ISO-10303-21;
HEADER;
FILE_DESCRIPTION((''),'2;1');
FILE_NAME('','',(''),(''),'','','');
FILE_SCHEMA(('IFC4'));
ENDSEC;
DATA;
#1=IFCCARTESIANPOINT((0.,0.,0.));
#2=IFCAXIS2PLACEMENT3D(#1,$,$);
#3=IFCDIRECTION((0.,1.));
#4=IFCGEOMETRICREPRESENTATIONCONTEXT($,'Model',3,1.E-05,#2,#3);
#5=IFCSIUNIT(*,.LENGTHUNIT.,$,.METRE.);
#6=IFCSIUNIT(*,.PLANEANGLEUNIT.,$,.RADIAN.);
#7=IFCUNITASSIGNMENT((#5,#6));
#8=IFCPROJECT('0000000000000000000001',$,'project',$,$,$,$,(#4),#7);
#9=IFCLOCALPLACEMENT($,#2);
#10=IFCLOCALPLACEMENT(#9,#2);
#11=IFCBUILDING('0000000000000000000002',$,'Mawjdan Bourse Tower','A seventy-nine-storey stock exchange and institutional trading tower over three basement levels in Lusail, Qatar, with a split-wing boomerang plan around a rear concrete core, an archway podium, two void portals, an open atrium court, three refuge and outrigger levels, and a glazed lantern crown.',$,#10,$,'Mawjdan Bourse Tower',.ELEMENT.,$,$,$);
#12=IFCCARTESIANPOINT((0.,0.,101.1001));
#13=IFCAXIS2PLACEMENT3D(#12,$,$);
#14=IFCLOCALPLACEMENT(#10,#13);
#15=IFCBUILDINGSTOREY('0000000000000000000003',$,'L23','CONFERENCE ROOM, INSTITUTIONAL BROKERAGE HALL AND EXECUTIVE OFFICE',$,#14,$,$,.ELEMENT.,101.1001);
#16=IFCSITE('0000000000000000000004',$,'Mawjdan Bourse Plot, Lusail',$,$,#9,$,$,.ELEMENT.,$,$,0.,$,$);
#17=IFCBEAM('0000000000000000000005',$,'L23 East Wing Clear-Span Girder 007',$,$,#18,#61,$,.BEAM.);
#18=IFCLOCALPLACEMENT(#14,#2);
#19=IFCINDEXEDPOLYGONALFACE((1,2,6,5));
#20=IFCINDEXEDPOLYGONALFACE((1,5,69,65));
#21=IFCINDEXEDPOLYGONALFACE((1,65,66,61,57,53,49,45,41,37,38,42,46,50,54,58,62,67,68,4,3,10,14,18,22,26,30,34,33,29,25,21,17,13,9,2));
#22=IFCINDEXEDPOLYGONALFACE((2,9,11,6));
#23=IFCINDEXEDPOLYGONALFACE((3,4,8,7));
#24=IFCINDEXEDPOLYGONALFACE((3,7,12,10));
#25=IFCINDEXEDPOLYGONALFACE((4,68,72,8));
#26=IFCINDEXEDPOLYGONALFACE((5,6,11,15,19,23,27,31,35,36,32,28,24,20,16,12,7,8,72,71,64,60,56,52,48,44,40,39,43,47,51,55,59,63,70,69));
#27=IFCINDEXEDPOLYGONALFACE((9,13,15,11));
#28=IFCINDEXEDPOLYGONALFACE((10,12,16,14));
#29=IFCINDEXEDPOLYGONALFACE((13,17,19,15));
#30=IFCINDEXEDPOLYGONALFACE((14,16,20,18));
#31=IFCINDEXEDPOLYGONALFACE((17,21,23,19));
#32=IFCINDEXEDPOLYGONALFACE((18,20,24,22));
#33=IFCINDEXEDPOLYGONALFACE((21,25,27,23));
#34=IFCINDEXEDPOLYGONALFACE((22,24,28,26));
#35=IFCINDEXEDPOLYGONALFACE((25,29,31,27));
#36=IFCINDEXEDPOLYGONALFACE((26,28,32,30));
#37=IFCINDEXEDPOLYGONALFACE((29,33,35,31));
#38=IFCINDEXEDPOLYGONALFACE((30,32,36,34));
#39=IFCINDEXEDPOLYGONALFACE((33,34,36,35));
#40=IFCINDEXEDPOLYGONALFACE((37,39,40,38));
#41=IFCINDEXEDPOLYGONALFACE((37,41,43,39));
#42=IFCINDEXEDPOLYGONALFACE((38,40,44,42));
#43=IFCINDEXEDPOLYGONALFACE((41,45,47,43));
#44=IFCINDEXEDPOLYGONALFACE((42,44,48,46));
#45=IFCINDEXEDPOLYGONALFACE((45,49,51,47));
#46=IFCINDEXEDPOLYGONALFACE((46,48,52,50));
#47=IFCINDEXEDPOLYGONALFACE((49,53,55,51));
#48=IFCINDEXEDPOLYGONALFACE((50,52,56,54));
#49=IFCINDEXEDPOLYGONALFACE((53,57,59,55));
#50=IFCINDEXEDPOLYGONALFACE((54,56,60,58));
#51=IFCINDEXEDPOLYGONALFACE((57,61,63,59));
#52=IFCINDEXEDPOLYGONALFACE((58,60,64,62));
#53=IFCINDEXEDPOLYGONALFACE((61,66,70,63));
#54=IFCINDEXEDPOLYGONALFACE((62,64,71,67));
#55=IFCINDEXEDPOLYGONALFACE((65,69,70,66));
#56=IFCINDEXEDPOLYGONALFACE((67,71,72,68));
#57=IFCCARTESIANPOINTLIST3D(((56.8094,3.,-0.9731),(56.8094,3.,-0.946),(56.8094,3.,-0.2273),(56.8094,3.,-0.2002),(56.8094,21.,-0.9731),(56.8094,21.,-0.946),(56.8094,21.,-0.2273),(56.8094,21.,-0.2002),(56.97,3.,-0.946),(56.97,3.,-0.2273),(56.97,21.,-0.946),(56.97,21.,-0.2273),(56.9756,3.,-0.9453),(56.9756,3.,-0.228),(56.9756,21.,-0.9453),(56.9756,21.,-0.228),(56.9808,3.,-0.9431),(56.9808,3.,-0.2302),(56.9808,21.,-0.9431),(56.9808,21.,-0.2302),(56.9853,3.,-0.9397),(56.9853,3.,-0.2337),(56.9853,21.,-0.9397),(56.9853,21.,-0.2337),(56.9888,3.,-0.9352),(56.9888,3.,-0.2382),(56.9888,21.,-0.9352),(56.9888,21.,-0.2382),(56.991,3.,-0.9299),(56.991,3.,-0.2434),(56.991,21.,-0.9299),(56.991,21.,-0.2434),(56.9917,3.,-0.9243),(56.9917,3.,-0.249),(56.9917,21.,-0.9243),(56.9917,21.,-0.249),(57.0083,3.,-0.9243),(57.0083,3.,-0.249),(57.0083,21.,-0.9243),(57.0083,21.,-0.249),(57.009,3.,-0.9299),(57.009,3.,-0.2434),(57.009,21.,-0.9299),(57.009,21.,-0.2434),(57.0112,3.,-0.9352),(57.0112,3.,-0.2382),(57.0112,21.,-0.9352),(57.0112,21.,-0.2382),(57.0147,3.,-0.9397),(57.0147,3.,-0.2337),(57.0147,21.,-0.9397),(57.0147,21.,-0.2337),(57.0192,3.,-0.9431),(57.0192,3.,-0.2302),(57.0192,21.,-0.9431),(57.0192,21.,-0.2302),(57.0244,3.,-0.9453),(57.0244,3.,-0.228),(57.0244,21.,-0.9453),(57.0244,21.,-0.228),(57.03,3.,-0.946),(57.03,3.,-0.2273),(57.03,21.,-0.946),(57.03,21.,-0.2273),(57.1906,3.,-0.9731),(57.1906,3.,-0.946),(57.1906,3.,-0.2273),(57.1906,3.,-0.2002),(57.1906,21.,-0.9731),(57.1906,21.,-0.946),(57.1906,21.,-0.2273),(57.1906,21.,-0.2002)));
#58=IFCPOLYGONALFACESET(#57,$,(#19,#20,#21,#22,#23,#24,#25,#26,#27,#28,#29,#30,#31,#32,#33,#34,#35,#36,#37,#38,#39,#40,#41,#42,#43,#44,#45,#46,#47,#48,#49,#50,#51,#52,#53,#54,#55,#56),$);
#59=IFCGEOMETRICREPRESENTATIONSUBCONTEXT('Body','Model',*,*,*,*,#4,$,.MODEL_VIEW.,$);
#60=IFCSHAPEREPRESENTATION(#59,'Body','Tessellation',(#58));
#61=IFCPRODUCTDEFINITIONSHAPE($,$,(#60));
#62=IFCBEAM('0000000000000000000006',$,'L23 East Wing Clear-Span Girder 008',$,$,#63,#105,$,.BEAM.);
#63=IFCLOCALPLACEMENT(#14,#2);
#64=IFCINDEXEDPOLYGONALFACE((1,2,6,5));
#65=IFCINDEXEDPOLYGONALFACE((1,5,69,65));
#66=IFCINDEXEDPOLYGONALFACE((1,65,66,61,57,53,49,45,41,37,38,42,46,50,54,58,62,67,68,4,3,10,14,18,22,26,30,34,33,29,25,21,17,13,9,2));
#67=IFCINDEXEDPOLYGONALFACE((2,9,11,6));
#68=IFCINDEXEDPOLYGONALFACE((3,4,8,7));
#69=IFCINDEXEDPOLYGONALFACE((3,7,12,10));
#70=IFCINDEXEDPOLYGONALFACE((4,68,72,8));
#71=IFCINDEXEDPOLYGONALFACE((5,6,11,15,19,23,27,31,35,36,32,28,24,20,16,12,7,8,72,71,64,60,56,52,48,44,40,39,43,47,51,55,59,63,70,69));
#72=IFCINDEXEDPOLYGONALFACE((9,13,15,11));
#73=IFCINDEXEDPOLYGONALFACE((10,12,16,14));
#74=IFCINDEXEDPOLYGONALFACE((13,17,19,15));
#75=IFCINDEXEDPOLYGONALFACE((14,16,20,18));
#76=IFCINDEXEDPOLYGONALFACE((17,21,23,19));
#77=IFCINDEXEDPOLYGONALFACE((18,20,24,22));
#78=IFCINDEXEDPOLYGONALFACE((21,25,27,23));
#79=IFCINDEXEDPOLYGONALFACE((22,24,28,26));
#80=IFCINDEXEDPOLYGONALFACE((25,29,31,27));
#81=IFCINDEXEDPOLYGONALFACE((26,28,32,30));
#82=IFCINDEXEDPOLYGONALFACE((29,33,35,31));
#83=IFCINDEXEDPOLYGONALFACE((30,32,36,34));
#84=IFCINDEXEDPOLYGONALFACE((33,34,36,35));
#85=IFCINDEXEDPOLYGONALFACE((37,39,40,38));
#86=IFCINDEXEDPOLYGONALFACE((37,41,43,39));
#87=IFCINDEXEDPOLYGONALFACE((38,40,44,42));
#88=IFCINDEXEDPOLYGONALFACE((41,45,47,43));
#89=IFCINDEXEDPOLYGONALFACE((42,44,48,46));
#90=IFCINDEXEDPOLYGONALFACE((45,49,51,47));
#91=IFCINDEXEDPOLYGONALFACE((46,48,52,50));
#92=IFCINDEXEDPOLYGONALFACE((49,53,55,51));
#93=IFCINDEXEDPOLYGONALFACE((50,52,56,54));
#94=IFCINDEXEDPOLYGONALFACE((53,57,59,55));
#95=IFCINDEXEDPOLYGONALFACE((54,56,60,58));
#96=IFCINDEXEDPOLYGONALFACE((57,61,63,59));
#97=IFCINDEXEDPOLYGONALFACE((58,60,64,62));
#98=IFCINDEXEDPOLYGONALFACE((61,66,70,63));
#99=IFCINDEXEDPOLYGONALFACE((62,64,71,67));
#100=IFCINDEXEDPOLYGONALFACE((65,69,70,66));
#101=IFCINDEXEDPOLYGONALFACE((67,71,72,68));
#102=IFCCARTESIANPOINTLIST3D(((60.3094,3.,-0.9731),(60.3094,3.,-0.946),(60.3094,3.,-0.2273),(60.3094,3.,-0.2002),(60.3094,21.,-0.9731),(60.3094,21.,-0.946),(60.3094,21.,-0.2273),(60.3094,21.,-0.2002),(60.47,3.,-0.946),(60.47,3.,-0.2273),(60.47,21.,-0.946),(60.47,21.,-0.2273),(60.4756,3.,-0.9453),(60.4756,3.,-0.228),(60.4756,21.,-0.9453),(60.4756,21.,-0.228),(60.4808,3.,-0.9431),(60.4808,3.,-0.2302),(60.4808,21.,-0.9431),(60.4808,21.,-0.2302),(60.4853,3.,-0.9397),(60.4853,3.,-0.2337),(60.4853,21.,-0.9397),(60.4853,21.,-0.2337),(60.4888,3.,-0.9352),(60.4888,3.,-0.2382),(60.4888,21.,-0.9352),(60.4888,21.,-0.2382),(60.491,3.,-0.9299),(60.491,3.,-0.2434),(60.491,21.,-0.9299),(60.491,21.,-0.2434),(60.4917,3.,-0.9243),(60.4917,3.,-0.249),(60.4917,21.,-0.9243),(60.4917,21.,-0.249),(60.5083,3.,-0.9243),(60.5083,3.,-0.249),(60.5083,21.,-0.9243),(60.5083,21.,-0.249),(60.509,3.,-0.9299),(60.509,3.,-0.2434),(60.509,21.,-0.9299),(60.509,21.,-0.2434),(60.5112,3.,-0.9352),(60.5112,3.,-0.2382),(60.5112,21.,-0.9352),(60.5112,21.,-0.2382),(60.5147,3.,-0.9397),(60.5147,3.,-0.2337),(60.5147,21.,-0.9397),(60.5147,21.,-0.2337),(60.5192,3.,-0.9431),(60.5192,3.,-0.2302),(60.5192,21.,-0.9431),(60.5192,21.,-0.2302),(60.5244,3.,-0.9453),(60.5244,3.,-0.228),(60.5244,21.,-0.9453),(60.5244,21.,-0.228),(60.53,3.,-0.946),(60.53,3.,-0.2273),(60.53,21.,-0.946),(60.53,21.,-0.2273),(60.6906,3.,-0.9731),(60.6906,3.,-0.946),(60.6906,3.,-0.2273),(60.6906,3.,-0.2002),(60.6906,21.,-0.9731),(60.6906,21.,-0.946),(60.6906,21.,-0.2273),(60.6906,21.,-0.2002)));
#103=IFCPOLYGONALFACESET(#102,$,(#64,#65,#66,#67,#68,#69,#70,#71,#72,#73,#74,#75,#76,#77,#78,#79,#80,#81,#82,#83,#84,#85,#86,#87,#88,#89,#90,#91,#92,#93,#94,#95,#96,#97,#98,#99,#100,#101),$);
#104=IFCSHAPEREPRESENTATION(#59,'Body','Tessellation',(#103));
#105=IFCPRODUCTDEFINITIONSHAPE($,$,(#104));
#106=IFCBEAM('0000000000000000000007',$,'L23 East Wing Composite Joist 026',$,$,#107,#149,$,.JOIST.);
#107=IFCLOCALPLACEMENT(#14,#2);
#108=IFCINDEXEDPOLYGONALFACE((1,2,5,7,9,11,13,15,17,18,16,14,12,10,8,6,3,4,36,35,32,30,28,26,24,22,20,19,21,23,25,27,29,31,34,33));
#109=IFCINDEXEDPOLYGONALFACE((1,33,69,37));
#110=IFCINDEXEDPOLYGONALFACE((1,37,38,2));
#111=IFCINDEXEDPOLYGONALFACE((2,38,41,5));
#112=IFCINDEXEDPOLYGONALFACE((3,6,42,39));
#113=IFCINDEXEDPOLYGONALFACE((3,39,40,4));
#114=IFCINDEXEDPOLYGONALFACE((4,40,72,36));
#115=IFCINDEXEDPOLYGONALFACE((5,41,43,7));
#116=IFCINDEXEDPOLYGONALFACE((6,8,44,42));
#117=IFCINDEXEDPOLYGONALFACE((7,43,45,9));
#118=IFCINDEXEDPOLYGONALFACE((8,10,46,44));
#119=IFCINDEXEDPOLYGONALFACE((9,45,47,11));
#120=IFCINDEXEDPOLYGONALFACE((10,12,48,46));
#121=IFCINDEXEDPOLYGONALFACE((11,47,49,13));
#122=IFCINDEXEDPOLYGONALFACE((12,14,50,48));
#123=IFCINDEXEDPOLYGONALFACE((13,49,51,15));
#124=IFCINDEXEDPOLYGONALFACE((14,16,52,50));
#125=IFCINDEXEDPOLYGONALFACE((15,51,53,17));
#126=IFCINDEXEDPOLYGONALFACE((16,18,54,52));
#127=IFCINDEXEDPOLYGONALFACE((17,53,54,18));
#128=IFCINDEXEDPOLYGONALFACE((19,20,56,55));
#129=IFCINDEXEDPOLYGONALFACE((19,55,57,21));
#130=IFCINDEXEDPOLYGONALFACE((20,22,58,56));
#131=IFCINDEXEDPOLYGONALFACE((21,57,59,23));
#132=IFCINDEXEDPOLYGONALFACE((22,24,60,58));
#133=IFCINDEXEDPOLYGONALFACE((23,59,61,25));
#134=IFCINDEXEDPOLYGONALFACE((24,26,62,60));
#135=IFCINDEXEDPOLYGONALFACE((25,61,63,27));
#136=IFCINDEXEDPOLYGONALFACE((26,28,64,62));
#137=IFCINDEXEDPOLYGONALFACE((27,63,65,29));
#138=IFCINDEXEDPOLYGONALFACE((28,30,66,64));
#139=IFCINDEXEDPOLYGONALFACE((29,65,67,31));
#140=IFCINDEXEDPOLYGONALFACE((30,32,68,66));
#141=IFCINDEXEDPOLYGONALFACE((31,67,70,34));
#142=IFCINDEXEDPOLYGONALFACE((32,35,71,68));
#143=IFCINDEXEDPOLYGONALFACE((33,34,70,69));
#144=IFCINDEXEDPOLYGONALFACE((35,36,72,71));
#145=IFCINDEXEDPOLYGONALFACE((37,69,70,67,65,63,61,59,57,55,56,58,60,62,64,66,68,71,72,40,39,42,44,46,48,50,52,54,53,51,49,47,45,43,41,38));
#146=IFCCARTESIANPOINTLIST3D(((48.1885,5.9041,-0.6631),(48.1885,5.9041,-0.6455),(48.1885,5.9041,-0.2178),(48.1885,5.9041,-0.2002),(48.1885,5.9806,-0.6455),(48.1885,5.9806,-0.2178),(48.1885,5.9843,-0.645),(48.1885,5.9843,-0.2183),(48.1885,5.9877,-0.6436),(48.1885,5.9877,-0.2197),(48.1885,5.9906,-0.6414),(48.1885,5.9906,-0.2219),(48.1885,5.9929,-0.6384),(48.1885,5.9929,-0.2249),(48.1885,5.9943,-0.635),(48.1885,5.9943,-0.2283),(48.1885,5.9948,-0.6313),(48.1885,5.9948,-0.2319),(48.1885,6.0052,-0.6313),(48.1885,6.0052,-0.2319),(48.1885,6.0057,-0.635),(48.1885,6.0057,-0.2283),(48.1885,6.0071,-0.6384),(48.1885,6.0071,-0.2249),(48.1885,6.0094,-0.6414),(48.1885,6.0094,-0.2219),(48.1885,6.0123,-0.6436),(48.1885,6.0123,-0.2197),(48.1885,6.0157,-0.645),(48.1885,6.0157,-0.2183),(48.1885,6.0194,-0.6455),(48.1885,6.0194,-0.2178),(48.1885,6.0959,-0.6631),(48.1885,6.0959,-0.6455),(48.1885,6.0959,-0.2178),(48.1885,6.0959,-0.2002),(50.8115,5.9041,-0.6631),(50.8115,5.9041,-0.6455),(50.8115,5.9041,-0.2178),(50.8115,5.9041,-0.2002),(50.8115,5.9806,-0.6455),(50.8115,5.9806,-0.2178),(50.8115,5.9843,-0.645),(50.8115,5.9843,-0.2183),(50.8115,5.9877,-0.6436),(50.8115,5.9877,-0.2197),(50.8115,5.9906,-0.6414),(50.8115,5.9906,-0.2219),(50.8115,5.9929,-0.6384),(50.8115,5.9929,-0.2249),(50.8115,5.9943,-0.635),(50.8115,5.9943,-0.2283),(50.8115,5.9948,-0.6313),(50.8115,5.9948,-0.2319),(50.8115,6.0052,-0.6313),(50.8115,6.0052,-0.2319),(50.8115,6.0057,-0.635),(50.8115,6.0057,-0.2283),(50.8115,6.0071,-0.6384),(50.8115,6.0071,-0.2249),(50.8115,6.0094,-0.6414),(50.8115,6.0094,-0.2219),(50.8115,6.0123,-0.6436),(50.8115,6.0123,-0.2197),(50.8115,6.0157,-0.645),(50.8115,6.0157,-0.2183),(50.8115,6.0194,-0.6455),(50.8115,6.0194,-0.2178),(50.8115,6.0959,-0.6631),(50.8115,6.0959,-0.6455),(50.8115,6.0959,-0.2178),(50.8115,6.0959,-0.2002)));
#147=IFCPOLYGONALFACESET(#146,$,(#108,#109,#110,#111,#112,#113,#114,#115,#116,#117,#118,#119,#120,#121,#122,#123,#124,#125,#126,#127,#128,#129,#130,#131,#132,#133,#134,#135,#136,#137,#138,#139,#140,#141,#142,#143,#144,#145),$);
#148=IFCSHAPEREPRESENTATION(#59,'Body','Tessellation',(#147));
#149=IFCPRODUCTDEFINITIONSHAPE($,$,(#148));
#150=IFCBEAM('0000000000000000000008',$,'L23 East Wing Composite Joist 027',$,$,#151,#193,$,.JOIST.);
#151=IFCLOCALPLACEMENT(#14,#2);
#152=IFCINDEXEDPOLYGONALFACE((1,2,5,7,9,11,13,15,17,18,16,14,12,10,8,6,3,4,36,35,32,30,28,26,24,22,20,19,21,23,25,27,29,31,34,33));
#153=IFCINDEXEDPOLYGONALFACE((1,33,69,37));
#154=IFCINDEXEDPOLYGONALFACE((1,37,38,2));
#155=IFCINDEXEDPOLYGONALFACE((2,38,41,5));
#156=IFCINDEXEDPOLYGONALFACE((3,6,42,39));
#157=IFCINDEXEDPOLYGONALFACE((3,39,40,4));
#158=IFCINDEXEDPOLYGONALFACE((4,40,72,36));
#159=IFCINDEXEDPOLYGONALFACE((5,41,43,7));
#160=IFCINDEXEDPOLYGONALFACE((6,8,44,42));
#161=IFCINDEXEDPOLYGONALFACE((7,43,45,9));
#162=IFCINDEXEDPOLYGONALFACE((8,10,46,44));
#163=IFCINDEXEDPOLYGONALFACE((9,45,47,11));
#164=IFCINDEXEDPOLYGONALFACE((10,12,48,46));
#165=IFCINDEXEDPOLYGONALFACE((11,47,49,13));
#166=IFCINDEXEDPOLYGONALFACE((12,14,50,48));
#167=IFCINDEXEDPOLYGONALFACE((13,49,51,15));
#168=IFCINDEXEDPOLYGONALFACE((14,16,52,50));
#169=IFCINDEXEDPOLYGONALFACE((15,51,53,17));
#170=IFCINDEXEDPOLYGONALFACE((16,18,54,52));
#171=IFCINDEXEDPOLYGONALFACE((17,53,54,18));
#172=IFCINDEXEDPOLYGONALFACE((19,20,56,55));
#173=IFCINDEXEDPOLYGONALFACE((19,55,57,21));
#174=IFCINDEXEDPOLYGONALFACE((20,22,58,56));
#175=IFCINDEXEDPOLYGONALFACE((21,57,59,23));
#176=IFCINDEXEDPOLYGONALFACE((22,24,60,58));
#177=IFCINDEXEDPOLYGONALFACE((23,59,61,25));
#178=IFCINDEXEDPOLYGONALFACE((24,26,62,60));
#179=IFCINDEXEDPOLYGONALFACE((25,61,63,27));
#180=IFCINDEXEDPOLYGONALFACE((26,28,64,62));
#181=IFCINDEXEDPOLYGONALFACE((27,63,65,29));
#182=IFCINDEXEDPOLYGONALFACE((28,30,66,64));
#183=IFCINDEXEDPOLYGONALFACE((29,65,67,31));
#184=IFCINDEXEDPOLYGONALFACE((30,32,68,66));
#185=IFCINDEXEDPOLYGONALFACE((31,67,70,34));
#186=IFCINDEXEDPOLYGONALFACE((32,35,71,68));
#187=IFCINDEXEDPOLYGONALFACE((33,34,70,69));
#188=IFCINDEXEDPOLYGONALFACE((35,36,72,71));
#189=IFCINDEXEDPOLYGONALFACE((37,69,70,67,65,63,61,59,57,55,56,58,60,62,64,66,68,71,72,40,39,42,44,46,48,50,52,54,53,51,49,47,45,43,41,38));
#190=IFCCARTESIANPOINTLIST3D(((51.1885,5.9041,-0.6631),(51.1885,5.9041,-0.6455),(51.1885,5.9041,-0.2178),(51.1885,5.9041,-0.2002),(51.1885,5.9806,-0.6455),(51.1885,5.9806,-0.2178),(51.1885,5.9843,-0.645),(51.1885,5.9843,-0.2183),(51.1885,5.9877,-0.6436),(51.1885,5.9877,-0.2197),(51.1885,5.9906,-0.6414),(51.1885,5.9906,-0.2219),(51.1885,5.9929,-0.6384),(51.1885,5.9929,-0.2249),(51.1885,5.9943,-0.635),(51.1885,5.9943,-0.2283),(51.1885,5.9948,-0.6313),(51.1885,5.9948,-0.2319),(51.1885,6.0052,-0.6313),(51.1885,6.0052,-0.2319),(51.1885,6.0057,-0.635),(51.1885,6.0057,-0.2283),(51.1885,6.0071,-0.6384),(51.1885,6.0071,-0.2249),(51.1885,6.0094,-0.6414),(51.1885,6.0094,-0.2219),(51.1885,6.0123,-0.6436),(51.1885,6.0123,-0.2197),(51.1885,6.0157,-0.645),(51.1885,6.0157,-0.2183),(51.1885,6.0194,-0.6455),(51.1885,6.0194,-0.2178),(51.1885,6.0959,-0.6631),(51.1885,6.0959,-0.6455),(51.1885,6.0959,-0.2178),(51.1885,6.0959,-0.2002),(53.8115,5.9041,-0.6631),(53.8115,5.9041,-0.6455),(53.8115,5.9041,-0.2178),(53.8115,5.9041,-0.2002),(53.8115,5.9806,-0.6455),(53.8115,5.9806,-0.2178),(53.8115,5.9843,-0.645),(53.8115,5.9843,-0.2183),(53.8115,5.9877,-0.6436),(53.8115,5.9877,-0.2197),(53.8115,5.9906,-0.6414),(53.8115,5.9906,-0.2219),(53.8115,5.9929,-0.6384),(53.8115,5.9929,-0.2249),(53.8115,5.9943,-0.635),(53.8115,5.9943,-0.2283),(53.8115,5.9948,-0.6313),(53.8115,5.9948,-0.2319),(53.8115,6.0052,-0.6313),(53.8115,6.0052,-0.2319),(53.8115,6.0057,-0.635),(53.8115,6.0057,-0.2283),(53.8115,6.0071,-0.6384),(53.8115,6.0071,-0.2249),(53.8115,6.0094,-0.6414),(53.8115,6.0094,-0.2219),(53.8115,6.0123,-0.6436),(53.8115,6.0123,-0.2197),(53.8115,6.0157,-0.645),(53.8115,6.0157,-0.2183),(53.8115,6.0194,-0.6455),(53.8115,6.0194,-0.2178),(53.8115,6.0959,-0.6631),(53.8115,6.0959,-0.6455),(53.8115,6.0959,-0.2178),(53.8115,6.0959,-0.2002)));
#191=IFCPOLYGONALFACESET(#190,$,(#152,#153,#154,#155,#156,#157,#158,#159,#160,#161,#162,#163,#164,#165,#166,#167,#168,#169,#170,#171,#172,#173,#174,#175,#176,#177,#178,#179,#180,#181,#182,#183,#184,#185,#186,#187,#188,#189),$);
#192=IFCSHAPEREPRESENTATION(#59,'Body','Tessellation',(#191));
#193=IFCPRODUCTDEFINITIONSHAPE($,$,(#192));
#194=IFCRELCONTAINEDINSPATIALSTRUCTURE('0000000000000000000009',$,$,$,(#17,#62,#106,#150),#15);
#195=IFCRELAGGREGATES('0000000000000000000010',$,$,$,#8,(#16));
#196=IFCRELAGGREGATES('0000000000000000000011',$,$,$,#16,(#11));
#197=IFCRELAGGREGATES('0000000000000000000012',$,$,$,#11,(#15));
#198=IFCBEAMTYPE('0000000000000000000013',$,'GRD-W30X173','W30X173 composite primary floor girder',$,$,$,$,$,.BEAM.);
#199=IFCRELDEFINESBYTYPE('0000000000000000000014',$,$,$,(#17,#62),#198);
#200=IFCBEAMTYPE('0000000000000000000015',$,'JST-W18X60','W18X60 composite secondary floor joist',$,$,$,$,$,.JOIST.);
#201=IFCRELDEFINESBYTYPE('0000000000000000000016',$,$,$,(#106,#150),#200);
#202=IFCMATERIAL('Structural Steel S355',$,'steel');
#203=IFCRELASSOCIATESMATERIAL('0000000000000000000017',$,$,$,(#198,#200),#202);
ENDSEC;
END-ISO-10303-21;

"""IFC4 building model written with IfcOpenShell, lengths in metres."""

from ifc_helpers import new_model, si_unit, direction, frame, origin, origin_2d, place, context, subcontext, project, spatial, i_section, extrude, material, material_profile, profile_set, type_object, element, save


model = new_model("IFC4")

# Units and contexts
model_context = context("Model", 3, precision=1e-05, world=origin(), true_north=direction((0.0, 1.0)))
body_context = subcontext(model_context, "Body", "Model", "MODEL_VIEW")
ifc_project = project(units=[si_unit("LENGTHUNIT", "METRE"), si_unit("PLANEANGLEUNIT", "RADIAN")], contexts=[model_context])

# Site, building, storey
site_placement = place(None, origin())
site = spatial("IfcSite", under=ifc_project, at=site_placement, Name="Mawjdan Bourse Plot, Lusail", CompositionType="ELEMENT", RefElevation=0.0)
building_placement = place(site_placement, origin())
building = spatial("IfcBuilding", under=site, at=building_placement, Name="Mawjdan Bourse Tower", Description="A seventy-nine-storey stock exchange and institutional trading tower over three basement levels in Lusail, Qatar, with a split-wing boomerang plan around a rear concrete core, an archway podium, two void portals, an open atrium court, three refuge and outrigger levels, and a glazed lantern crown.", LongName="Mawjdan Bourse Tower", CompositionType="ELEMENT")
storey_placement = place(building_placement, frame((0.0, 0.0, 101.1001)))
storey = spatial("IfcBuildingStorey", under=building, at=storey_placement, Name="L23", Description="CONFERENCE ROOM, INSTITUTIONAL BROKERAGE HALL AND EXECUTIVE OFFICE", CompositionType="ELEMENT", Elevation=101.1001)

# Beams
ifc_material_1 = material(Name="Structural Steel S355", Category="steel")
ifc_material_profile_1 = material_profile(ifc_material_1, i_section(OverallWidth=0.3811, OverallDepth=0.7729, WebThickness=0.0166, FlangeThickness=0.0271, FilletRadius=0.0217, at=origin_2d()), Name="W30X173")
ifc_profile_set_1 = profile_set([ifc_material_profile_1], Name="Structural Steel S355")
beam_type_1 = type_object("IfcBeamType", Name="GRD-W30X173", Description="W30X173 composite primary floor girder", PredefinedType="BEAM", material=ifc_profile_set_1)
for number, where, z_axis, x_axis, name in (
    (1, (57.0, 3.0, -0.5867), (0.0, 1.0, 0.0), (-1.0, 0.0, 0.0), "L23 East Wing Clear-Span Girder 007"),
    (2, (60.5, 3.0, -0.5867), (0.0, 1.0, 0.0), (-1.0, 0.0, 0.0), "L23 East Wing Clear-Span Girder 008"),
):
    element("IfcBeam", number, at=place(storey_placement, frame(where, z_axis=z_axis, x_axis=x_axis)), inside=storey, type_object=beam_type_1, Name=name, PredefinedType="BEAM", context=body_context, shape_type="SweptSolid", body=[
        extrude(i_section(OverallWidth=0.3811, OverallDepth=0.7729, WebThickness=0.0166, FlangeThickness=0.0271, FilletRadius=0.0217, at=origin_2d()), origin(), (0.0, 0.0, 1.0), 18.0),
    ])
ifc_material_profile_2 = material_profile(ifc_material_1, i_section(OverallWidth=0.1919, OverallDepth=0.4629, WebThickness=0.0105, FlangeThickness=0.0176, FilletRadius=0.0142, at=origin_2d()), Name="W18X60")
ifc_profile_set_2 = profile_set([ifc_material_profile_2], Name="Structural Steel S355")
beam_type_2 = type_object("IfcBeamType", Name="JST-W18X60", Description="W18X60 composite secondary floor joist", PredefinedType="JOIST", material=ifc_profile_set_2)
for number, where, z_axis, x_axis, name in (
    (3, (48.1885, 6.0, -0.4316), (1.0, 0.0, 0.0), (0.0, 1.0, 0.0), "L23 East Wing Composite Joist 026"),
    (4, (51.1885, 6.0, -0.4316), (1.0, 0.0, 0.0), (0.0, 1.0, 0.0), "L23 East Wing Composite Joist 027"),
):
    element("IfcBeam", number, at=place(storey_placement, frame(where, z_axis=z_axis, x_axis=x_axis)), inside=storey, type_object=beam_type_2, Name=name, PredefinedType="JOIST", context=body_context, shape_type="SweptSolid", body=[
        extrude(i_section(OverallWidth=0.1919, OverallDepth=0.4629, WebThickness=0.0105, FlangeThickness=0.0176, FilletRadius=0.0142, at=origin_2d()), origin(), (0.0, 0.0, 1.0), 2.623),
    ])

save(model, "model.ifc")
